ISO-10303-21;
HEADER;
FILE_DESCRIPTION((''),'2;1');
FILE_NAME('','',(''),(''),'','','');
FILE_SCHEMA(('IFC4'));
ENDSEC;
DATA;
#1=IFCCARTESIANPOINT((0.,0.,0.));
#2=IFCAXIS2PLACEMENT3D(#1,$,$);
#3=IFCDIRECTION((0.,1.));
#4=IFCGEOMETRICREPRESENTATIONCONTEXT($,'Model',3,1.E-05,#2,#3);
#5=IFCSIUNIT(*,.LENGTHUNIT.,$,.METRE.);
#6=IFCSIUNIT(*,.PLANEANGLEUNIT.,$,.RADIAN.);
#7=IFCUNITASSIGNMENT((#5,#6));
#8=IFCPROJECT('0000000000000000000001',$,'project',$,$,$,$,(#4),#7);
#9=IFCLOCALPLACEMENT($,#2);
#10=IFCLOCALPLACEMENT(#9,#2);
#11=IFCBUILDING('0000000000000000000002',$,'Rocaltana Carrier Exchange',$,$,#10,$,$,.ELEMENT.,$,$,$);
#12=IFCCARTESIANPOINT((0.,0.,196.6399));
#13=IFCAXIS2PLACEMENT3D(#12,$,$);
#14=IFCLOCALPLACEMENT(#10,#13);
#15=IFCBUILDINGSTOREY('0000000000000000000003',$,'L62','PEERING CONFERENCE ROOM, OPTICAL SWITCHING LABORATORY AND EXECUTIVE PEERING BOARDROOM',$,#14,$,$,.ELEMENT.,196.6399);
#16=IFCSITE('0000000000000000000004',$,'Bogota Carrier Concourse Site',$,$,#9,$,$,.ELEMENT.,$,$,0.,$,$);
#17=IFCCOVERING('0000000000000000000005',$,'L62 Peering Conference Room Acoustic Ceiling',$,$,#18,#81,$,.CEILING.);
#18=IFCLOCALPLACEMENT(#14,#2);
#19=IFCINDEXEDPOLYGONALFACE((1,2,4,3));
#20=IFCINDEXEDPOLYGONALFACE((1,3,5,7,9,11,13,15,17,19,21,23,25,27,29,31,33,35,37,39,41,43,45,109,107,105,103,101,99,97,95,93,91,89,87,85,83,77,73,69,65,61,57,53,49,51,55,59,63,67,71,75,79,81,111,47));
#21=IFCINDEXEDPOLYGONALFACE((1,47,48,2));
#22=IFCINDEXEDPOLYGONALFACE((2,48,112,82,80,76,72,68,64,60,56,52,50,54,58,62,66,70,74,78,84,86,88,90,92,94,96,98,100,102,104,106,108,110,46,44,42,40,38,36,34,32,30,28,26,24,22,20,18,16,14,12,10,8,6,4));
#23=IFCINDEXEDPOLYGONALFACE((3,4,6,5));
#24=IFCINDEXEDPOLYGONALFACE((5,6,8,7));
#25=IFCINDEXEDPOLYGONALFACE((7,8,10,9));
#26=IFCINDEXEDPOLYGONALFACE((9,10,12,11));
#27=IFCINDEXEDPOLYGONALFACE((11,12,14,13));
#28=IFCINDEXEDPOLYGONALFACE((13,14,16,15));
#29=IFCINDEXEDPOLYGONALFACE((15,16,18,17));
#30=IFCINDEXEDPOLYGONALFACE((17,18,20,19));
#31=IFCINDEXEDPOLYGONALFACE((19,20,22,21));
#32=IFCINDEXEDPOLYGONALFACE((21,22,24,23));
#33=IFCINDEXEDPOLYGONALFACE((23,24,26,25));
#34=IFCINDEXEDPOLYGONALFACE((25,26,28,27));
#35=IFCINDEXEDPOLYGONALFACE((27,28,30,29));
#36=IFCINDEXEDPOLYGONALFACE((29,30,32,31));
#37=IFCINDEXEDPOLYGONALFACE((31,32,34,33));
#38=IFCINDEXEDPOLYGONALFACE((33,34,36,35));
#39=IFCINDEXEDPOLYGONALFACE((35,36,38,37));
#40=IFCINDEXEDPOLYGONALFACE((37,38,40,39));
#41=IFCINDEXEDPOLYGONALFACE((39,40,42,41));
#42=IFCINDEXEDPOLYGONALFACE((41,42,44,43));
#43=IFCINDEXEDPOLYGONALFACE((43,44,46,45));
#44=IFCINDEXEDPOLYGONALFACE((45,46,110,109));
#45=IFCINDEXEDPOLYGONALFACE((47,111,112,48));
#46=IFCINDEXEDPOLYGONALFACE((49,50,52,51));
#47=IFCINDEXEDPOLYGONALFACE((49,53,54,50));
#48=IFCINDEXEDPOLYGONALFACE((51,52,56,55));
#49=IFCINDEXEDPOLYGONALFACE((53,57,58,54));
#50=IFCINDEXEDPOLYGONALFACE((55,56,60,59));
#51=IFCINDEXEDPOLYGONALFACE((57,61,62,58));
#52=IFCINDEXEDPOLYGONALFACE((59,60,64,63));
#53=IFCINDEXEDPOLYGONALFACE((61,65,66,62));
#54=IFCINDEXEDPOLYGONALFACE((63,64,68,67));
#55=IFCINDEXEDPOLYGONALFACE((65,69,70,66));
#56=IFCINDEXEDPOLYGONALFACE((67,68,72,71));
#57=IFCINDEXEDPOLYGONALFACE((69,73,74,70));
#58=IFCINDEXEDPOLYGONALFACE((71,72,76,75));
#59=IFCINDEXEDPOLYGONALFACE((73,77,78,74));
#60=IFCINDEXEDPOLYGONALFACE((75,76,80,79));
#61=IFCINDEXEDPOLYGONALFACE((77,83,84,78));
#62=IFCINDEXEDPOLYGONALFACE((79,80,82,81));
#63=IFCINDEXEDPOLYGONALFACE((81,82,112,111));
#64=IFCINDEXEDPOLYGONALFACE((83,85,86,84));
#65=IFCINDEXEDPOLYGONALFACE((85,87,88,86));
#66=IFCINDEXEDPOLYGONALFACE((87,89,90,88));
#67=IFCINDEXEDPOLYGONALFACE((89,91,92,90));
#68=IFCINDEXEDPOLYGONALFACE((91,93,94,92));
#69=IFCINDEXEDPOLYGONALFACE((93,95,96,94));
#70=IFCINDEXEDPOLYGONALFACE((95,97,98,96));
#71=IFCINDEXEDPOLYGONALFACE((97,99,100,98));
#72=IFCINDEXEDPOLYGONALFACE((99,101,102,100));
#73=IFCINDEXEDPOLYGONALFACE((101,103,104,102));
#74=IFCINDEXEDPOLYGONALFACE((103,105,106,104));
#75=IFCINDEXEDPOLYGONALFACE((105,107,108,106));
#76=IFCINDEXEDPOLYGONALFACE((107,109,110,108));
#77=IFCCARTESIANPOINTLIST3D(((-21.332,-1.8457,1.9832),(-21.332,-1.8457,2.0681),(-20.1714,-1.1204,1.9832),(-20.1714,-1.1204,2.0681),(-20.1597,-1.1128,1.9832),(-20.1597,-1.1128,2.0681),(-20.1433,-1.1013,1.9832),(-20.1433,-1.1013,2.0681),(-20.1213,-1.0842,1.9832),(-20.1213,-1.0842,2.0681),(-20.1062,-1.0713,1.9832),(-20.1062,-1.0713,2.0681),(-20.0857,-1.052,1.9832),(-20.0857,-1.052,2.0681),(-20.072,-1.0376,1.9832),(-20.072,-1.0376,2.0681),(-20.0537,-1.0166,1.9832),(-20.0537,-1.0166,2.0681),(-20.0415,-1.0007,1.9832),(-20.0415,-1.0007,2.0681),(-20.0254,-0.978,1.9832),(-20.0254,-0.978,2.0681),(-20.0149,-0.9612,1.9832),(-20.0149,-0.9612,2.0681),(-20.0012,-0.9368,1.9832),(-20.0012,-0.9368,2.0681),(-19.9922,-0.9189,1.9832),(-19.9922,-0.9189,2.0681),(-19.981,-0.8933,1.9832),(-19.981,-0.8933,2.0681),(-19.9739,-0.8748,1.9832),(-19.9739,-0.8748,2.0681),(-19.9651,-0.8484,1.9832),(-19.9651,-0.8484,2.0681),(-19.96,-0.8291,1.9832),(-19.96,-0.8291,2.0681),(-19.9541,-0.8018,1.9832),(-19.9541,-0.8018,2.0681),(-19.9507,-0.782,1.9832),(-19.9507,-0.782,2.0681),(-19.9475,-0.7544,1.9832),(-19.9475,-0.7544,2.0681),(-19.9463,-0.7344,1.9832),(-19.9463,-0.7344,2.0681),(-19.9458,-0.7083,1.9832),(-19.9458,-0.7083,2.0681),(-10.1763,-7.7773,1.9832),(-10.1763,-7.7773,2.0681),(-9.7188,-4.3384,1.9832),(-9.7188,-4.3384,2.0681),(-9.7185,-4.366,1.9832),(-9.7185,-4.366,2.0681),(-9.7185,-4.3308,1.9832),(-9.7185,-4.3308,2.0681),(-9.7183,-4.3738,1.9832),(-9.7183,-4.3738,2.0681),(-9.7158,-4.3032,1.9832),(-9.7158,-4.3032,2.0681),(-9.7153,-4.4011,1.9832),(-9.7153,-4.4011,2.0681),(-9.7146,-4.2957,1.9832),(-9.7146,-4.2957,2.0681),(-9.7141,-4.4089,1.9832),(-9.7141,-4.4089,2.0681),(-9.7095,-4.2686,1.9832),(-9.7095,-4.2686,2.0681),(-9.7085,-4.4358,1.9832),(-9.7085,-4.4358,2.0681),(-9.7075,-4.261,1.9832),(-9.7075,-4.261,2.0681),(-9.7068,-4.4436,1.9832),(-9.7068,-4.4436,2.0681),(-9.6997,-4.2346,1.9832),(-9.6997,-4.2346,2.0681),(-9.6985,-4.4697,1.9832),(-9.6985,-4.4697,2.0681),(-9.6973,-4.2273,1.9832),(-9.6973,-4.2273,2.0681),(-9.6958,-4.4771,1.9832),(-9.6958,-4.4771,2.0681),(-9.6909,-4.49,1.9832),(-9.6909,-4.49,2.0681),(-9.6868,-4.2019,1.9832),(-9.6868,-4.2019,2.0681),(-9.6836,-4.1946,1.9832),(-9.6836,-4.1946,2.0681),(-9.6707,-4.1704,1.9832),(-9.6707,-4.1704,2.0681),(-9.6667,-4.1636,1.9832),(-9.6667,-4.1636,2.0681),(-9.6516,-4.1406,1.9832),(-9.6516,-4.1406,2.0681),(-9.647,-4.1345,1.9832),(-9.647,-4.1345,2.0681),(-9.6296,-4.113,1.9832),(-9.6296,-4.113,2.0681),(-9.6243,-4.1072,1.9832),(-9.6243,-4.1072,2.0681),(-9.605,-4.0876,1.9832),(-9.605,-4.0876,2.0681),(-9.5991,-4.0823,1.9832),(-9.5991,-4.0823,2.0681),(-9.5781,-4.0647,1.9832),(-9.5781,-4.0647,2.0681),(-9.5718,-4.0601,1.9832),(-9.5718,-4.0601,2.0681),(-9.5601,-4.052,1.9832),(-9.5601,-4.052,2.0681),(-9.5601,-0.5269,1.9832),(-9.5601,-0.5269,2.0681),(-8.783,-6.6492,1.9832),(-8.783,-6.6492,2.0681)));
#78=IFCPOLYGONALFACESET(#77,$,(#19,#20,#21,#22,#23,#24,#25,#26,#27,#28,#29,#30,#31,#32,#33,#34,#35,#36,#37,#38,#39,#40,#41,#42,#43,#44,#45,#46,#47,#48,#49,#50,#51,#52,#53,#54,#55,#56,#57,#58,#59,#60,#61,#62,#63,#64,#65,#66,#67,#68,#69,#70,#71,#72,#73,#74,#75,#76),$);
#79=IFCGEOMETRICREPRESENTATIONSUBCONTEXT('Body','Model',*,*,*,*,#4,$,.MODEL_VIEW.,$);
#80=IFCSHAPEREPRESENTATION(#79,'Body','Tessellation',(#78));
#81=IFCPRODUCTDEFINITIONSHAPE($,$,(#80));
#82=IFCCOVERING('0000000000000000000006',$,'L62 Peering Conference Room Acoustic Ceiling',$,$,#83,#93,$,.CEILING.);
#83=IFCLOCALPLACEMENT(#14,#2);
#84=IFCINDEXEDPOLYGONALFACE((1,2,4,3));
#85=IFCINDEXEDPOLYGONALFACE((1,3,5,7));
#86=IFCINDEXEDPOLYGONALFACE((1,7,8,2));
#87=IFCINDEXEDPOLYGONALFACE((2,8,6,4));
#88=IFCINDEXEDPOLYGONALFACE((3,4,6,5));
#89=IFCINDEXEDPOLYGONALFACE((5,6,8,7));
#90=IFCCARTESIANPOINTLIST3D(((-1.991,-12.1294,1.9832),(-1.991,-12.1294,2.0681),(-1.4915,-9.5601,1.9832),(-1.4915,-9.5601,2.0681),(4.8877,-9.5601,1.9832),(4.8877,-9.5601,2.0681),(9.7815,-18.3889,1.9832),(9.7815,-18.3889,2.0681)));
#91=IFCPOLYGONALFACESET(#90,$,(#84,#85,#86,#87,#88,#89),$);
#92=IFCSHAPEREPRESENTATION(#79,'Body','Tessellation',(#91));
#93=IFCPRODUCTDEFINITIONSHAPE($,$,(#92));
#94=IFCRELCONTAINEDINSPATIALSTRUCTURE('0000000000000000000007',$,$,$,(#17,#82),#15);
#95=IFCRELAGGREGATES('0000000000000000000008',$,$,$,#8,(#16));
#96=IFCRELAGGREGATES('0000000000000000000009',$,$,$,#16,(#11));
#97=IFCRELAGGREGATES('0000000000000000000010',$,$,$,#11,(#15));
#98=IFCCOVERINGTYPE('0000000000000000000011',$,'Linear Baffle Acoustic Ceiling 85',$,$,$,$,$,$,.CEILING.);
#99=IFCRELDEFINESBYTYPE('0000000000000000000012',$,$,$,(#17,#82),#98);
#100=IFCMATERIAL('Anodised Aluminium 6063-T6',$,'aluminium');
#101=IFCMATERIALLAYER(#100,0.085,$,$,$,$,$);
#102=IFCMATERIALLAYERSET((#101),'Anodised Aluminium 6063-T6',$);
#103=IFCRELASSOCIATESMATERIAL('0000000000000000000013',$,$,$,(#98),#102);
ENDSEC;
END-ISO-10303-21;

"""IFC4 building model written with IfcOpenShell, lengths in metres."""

from ifc_helpers import new_model, si_unit, direction, frame, origin, place, context, subcontext, project, spatial, polyline, outline, extrude, material, layer, layer_set, type_object, element, save


model = new_model("IFC4")

# Units and contexts
model_context = context("Model", 3, precision=1e-05, world=origin(), true_north=direction((0.0, 1.0)))
body_context = subcontext(model_context, "Body", "Model", "MODEL_VIEW")
ifc_project = project(units=[si_unit("LENGTHUNIT", "METRE"), si_unit("PLANEANGLEUNIT", "RADIAN")], contexts=[model_context])

# Site, building, storey
site_placement = place(None, origin())
site = spatial("IfcSite", under=ifc_project, at=site_placement, Name="Bogota Carrier Concourse Site", CompositionType="ELEMENT", RefElevation=0.0)
building_placement = place(site_placement, origin())
building = spatial("IfcBuilding", under=site, at=building_placement, Name="Rocaltana Carrier Exchange", CompositionType="ELEMENT")
storey_placement = place(building_placement, frame((0.0, 0.0, 196.6399)))
storey = spatial("IfcBuildingStorey", under=building, at=storey_placement, Name="L62", Description="PEERING CONFERENCE ROOM, OPTICAL SWITCHING LABORATORY AND EXECUTIVE PEERING BOARDROOM", CompositionType="ELEMENT", Elevation=196.6399)

# Coverings
ifc_material_1 = material(Name="Anodised Aluminium 6063-T6", Category="aluminium")
ifc_layer_1 = layer(ifc_material_1, 0.085)
ifc_layer_set_1 = layer_set([ifc_layer_1], Name="Anodised Aluminium 6063-T6")
covering_type_1 = type_object("IfcCoveringType", Name="Linear Baffle Acoustic Ceiling 85", PredefinedType="CEILING", material=ifc_layer_set_1)
covering_1_placement = place(storey_placement, frame((0.0, 0.0, 1.9832)))
element("IfcCovering", 1, at=covering_1_placement, inside=storey, type_object=covering_type_1, Name="L62 Peering Conference Room Acoustic Ceiling", PredefinedType="CEILING", context=body_context, shape_type="SweptSolid", body=[
    extrude(outline(polyline([(-20.1714, -1.1204), (-20.1597, -1.1128), (-20.1433, -1.1013), (-20.1213, -1.0842), (-20.1062, -1.0713), (-20.0857, -1.052), (-20.072, -1.0376), (-20.0537, -1.0166), (-20.0415, -1.0007), (-20.0254, -0.978), (-20.0149, -0.9612), (-20.0012, -0.9368), (-19.9922, -0.9189), (-19.981, -0.8933), (-19.9739, -0.8748), (-19.9651, -0.8484), (-19.96, -0.8291), (-19.9541, -0.8018), (-19.9507, -0.782), (-19.9475, -0.7544), (-19.9463, -0.7344), (-19.9458, -0.7083), (-9.5601, -0.5269), (-9.5601, -4.052), (-9.5718, -4.0601), (-9.5781, -4.0647), (-9.5991, -4.0823), (-9.605, -4.0876), (-9.6243, -4.1072), (-9.6296, -4.113), (-9.647, -4.1345), (-9.6516, -4.1406), (-9.6667, -4.1636), (-9.6707, -4.1704), (-9.6836, -4.1946), (-9.6868, -4.2019), (-9.6973, -4.2273), (-9.6997, -4.2346), (-9.7075, -4.261), (-9.7095, -4.2686), (-9.7146, -4.2957), (-9.7158, -4.3032), (-9.7185, -4.3308), (-9.7188, -4.3384), (-9.7185, -4.366), (-9.7183, -4.3738), (-9.7153, -4.4011), (-9.7141, -4.4089), (-9.7085, -4.4358), (-9.7068, -4.4436), (-9.6985, -4.4697), (-9.6958, -4.4771), (-9.6909, -4.49), (-8.783, -6.6492), (-10.1763, -7.7773), (-21.332, -1.8457), (-20.1714, -1.1204)])), origin(), (0.0, 0.0, 1.0), 0.085),
])
covering_2_placement = place(storey_placement, frame((0.0, 0.0, 1.9832)))
element("IfcCovering", 2, at=covering_2_placement, inside=storey, type_object=covering_type_1, Name="L62 Peering Conference Room Acoustic Ceiling", PredefinedType="CEILING", context=body_context, shape_type="SweptSolid", body=[
    extrude(outline(polyline([(-1.991, -12.1294), (-1.4915, -9.5601), (4.8877, -9.5601), (9.7815, -18.3889), (-1.991, -12.1294)])), origin(), (0.0, 0.0, 1.0), 0.085),
])

save(model, "model.ifc")
